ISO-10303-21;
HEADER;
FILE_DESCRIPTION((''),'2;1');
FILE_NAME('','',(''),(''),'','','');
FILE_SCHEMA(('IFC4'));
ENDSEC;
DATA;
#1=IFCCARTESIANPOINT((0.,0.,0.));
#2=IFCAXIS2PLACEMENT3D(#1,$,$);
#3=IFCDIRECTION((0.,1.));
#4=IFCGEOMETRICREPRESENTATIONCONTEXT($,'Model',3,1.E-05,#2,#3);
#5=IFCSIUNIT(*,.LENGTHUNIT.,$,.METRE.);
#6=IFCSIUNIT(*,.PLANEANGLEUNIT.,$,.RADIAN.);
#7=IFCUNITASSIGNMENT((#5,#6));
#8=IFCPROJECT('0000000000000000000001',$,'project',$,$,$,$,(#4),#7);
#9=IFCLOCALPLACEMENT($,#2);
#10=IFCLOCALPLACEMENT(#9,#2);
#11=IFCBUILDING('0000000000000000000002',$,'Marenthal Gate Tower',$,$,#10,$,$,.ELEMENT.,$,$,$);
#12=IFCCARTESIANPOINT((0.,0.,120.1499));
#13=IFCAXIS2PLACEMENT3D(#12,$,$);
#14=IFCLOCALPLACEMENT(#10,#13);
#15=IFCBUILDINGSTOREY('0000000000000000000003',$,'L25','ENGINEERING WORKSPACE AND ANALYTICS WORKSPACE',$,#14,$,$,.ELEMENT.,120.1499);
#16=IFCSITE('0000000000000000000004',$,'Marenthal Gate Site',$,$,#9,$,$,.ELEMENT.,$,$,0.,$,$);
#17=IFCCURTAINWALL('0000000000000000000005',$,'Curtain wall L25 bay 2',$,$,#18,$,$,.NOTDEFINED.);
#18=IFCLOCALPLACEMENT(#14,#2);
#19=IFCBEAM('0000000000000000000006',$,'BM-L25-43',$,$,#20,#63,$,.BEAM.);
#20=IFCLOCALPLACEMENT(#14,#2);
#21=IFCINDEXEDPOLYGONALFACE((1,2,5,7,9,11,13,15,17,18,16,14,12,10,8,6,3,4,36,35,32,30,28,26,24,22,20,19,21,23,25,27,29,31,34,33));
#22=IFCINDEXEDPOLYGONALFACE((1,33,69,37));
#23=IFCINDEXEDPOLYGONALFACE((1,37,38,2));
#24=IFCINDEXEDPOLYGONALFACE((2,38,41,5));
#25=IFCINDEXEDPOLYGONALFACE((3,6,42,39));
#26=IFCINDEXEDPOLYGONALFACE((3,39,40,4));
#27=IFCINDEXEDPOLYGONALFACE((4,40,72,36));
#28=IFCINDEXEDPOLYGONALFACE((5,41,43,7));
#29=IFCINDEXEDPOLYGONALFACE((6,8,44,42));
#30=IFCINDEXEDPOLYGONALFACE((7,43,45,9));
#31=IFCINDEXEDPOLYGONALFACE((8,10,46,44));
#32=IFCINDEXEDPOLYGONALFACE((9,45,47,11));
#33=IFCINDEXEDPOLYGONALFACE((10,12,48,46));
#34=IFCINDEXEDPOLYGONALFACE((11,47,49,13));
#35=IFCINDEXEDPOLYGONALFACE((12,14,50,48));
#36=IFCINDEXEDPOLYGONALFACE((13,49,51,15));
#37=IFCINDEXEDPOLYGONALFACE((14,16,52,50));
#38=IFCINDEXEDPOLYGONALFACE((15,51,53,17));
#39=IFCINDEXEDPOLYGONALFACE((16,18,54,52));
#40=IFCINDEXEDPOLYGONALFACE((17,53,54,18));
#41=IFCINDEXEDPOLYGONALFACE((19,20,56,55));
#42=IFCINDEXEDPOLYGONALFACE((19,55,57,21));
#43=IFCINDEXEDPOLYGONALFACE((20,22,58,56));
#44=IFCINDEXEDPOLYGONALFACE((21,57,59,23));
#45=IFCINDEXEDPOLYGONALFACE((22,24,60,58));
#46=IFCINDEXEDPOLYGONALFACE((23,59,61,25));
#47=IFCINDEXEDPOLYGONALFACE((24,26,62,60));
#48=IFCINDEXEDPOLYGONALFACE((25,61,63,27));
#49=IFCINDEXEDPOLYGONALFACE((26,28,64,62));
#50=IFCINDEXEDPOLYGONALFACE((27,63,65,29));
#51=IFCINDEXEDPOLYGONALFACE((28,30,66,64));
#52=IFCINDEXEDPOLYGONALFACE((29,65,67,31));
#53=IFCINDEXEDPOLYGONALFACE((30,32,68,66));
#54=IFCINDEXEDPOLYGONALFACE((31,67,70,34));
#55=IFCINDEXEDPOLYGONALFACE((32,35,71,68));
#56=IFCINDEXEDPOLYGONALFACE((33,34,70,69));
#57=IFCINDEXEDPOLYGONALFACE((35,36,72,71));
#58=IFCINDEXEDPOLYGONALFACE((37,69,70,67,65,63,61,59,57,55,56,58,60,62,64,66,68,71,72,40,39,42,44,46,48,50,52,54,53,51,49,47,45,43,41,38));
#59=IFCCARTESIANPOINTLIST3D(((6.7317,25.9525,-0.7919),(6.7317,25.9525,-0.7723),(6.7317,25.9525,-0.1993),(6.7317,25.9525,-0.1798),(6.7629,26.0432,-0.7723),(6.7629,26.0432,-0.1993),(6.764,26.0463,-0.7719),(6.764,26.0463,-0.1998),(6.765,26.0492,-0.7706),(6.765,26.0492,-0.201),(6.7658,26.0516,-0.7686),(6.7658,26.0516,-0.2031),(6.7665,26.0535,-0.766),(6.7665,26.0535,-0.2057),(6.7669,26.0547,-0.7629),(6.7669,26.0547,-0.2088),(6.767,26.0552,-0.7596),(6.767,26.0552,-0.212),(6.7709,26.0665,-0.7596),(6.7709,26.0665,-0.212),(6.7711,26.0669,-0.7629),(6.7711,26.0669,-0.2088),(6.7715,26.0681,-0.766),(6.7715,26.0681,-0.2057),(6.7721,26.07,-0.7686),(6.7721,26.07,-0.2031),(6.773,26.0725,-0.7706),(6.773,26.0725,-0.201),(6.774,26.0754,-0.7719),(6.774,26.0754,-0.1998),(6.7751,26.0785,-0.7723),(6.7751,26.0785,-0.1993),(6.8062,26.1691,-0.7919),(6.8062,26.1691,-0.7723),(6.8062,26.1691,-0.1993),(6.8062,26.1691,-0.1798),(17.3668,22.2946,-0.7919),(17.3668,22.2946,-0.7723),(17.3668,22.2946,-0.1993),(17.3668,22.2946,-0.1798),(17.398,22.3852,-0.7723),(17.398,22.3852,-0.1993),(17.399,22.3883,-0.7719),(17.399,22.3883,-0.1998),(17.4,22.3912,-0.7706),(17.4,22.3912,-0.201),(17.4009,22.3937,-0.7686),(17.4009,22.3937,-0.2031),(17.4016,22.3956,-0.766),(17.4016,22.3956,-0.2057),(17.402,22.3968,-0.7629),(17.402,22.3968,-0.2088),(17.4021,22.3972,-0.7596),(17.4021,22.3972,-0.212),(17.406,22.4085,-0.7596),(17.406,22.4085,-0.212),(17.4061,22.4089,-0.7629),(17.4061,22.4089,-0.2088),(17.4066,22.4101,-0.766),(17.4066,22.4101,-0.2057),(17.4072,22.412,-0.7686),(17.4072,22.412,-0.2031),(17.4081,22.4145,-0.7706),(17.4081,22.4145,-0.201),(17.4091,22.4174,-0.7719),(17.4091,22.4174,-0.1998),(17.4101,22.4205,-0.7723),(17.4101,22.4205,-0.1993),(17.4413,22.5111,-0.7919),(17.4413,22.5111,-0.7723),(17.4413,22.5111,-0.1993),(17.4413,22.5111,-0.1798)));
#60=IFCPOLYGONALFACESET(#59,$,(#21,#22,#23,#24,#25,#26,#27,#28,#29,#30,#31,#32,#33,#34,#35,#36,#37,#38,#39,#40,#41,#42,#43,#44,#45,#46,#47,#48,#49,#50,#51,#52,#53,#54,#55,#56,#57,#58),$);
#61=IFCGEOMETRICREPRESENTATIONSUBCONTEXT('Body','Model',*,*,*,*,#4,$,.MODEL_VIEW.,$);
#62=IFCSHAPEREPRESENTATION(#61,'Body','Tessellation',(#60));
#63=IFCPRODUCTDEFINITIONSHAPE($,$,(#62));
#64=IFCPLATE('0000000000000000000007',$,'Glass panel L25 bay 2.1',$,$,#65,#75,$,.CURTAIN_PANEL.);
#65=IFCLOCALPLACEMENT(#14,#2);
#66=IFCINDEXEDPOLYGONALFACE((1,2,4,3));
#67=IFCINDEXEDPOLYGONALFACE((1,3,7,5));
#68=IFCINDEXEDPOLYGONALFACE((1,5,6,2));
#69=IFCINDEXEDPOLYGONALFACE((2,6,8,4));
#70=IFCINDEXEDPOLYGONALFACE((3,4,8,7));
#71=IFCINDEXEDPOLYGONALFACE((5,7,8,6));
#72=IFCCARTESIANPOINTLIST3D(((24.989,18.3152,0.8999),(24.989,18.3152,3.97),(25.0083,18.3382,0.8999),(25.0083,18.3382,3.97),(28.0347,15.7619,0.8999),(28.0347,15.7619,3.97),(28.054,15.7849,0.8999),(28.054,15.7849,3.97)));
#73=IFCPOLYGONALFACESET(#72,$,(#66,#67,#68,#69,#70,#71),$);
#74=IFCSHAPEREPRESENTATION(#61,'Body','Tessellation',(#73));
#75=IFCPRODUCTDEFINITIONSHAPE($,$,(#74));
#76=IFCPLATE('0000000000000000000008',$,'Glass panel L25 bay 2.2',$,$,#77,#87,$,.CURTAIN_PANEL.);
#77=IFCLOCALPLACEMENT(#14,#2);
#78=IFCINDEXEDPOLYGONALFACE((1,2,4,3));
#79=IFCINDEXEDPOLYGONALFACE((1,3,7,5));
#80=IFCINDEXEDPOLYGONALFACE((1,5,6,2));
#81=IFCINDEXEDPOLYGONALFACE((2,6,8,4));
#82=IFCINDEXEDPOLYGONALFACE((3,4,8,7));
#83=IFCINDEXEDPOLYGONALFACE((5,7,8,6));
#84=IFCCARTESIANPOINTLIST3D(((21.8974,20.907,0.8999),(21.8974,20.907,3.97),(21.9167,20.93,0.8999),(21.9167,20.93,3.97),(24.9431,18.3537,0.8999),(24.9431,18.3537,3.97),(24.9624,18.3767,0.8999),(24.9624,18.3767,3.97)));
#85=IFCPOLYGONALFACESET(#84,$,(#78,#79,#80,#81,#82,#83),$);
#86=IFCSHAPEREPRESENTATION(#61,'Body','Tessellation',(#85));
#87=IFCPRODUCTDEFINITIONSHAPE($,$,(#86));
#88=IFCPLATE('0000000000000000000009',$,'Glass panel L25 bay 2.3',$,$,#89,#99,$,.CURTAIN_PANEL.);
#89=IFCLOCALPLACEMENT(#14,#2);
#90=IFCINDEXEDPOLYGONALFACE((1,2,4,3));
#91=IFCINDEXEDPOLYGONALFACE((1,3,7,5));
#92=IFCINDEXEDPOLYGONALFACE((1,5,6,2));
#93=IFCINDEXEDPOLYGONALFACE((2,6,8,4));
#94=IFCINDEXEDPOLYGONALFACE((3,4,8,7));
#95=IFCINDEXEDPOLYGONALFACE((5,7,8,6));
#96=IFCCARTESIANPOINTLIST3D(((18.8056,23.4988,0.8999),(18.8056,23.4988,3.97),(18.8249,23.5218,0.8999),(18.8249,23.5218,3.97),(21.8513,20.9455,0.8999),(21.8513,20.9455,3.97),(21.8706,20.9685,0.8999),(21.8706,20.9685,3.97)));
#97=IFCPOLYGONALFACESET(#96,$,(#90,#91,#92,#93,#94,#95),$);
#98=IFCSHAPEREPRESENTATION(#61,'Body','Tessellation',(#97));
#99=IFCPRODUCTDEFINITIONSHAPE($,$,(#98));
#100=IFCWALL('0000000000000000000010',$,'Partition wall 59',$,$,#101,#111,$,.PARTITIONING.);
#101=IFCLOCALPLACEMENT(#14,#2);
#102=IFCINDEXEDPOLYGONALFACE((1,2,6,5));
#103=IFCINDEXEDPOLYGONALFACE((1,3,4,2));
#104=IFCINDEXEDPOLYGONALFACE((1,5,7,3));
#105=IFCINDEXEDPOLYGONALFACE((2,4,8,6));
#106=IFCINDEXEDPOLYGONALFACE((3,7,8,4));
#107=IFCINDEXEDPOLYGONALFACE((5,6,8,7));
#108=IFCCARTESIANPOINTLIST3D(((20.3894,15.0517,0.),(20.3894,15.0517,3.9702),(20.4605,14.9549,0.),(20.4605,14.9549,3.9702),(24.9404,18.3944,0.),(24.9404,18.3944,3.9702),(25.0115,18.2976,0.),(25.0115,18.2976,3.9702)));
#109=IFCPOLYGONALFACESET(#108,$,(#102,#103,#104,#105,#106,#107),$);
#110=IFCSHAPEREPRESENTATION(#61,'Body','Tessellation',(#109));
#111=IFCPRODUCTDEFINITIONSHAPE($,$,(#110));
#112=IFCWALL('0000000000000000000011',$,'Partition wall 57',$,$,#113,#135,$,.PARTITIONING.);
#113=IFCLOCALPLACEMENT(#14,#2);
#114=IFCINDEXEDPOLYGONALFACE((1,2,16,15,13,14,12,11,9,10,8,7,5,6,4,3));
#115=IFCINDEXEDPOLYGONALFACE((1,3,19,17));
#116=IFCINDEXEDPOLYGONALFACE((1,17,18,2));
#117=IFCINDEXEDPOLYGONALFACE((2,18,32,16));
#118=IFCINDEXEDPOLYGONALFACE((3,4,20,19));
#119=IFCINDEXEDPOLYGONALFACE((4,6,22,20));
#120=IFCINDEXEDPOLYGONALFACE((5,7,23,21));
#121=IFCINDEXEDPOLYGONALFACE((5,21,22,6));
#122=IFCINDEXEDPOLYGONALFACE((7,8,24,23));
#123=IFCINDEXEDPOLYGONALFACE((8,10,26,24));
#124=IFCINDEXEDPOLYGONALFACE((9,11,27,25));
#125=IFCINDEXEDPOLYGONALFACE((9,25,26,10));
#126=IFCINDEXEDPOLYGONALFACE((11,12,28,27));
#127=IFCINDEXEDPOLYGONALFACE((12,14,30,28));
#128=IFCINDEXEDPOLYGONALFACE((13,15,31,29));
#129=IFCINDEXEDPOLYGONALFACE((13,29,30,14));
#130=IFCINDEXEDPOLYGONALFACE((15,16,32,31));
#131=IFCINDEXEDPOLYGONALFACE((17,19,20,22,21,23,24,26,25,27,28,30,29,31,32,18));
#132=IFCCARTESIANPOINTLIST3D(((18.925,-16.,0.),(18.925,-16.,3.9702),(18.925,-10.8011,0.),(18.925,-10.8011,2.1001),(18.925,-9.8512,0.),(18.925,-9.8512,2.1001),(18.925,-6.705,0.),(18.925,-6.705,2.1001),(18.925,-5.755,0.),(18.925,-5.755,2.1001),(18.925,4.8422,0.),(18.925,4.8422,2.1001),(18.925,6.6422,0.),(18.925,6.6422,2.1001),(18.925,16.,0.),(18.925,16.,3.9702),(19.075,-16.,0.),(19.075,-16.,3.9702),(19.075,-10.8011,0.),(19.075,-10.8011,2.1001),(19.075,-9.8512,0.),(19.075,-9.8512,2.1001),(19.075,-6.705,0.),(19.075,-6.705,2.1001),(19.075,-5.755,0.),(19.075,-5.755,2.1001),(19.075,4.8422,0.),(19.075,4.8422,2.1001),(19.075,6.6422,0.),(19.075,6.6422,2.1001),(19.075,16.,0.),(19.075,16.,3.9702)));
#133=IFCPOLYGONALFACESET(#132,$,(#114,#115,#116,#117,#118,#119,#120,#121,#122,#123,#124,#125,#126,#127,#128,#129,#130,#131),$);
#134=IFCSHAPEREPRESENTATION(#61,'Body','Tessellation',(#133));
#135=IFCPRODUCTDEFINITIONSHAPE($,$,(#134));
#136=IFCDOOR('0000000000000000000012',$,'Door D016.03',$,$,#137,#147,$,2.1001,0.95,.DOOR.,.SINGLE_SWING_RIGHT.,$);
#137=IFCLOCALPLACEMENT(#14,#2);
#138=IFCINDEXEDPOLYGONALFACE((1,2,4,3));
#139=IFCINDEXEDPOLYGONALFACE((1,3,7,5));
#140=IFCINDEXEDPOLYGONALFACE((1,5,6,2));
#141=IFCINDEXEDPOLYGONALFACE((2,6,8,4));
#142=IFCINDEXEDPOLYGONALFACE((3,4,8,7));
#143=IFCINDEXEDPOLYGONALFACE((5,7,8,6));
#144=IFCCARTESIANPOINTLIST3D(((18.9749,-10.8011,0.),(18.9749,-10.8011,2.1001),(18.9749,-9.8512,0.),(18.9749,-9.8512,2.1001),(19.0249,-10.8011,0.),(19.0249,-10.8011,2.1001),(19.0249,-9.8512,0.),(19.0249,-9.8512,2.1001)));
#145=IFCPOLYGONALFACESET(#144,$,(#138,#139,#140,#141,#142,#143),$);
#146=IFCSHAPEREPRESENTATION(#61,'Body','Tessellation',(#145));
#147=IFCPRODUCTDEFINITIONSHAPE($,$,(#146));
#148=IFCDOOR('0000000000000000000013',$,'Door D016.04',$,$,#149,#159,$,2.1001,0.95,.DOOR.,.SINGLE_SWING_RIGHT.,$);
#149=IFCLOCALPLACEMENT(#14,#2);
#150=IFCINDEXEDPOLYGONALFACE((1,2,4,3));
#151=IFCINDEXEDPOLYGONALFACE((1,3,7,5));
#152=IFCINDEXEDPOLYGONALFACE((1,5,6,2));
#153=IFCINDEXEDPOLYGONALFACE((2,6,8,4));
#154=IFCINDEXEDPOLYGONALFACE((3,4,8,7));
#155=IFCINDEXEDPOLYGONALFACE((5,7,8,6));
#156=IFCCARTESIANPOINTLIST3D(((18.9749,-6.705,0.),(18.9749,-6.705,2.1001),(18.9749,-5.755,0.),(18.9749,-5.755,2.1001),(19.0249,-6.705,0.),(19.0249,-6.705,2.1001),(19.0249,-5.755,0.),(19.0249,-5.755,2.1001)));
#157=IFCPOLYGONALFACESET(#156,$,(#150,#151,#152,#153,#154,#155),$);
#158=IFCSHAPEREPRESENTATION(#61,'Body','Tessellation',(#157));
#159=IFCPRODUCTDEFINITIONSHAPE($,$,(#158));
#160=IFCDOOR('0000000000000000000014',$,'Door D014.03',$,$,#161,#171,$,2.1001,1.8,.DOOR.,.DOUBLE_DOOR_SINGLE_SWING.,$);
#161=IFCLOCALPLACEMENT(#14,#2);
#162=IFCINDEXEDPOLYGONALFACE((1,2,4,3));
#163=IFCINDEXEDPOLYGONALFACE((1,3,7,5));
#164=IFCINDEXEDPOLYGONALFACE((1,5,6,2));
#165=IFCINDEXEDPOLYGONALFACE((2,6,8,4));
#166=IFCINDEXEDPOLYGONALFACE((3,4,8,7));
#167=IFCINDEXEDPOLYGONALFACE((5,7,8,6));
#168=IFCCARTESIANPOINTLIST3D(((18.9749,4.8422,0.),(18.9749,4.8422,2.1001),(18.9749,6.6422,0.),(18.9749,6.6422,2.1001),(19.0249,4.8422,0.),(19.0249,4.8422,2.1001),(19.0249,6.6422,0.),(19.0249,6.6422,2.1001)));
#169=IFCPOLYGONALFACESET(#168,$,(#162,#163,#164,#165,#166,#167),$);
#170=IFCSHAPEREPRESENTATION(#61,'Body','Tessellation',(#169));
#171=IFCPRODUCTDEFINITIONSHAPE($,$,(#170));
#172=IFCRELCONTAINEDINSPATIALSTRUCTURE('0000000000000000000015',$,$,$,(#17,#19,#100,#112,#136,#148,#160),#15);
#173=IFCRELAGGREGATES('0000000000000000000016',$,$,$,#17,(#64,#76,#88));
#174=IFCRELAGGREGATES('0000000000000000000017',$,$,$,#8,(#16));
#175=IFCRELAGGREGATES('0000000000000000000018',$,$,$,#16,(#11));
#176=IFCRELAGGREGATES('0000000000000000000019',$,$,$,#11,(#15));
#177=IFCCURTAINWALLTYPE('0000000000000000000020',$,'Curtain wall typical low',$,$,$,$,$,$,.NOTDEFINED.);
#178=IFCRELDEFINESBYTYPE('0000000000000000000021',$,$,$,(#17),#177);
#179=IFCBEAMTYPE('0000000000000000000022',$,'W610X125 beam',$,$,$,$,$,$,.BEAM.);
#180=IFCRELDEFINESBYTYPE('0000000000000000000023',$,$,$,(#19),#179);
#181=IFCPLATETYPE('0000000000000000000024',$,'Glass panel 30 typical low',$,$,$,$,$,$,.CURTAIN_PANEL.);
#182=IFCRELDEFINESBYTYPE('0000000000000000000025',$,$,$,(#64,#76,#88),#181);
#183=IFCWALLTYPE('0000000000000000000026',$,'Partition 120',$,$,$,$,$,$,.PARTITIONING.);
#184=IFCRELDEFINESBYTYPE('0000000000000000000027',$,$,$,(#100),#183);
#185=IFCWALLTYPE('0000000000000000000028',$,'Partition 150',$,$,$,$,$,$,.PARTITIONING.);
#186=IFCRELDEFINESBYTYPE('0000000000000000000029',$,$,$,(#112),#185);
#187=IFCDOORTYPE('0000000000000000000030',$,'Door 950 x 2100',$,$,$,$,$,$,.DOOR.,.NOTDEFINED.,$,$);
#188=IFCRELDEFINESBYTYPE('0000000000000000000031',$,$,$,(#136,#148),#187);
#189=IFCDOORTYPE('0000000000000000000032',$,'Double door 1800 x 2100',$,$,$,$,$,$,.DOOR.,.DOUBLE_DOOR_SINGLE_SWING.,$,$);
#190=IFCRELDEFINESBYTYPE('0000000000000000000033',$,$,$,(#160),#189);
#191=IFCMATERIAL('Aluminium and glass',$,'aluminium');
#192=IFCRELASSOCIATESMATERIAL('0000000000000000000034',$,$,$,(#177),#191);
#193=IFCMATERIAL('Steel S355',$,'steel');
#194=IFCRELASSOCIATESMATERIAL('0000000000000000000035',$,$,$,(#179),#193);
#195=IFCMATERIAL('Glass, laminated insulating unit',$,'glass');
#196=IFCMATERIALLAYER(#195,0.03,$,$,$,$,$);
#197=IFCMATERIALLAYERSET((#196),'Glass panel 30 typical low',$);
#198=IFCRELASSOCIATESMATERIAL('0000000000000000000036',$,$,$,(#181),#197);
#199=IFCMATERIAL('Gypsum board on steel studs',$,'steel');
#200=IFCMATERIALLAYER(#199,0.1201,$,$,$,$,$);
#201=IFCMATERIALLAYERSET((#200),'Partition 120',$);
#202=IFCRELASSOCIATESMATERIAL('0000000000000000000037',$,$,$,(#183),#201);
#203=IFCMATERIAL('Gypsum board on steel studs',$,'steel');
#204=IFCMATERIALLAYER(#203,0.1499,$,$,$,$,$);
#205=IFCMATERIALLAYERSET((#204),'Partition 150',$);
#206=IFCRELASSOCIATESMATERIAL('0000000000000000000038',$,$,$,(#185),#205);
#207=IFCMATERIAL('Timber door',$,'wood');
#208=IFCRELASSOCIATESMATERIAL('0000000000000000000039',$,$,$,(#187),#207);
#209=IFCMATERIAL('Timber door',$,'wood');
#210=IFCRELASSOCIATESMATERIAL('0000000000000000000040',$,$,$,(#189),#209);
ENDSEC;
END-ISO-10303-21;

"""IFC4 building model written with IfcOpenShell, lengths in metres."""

from ifc_helpers import new_model, si_unit, direction, frame, frame_2d, origin, origin_2d, place, context, subcontext, project, spatial, rectangle, i_section, extrude, material, layer, layer_set, material_profile, profile_set, type_object, element, fill, aggregate, save


model = new_model("IFC4")

# Units and contexts
model_context = context("Model", 3, precision=1e-05, world=origin(), true_north=direction((0.0, 1.0)))
body_context = subcontext(model_context, "Body", "Model", "MODEL_VIEW")
ifc_project = project(units=[si_unit("LENGTHUNIT", "METRE"), si_unit("PLANEANGLEUNIT", "RADIAN")], contexts=[model_context])

# Site, building, storey
site_placement = place(None, origin())
site = spatial("IfcSite", under=ifc_project, at=site_placement, Name="Marenthal Gate Site", CompositionType="ELEMENT", RefElevation=0.0)
building_placement = place(site_placement, origin())
building = spatial("IfcBuilding", under=site, at=building_placement, Name="Marenthal Gate Tower", CompositionType="ELEMENT")
storey_placement = place(building_placement, frame((0.0, 0.0, 120.1499)))
storey = spatial("IfcBuildingStorey", under=building, at=storey_placement, Name="L25", Description="ENGINEERING WORKSPACE AND ANALYTICS WORKSPACE", CompositionType="ELEMENT", Elevation=120.1499)

# Curtain wall
ifc_material_1 = material(Name="Aluminium and glass", Category="aluminium")
curtain_wall_type = type_object("IfcCurtainWallType", Name="Curtain wall typical low", PredefinedType="NOTDEFINED", material=ifc_material_1)
curtain_wall_placement = place(storey_placement, origin())
curtain_wall = element("IfcCurtainWall", 1, at=curtain_wall_placement, inside=storey, type_object=curtain_wall_type, Name="Curtain wall L25 bay 2", PredefinedType="NOTDEFINED")

# Beam
ifc_material_2 = material(Name="Steel S355", Category="steel")
ifc_material_profile_1 = material_profile(ifc_material_2, i_section(OverallWidth=0.229, OverallDepth=0.6121, WebThickness=0.012, FlangeThickness=0.0195, FilletRadius=0.0127, at=origin_2d()), Name="W610X125")
ifc_profile_set_1 = profile_set([ifc_material_profile_1], Name="Steel S355")
beam_type_1 = type_object("IfcBeamType", Name="W610X125 beam", PredefinedType="BEAM", material=ifc_profile_set_1)
beam_1_placement = place(storey_placement, frame((17.4041, 22.4028, -0.4858), z_axis=(-0.945627, 0.325253, 0.0), x_axis=(-0.325253, -0.945627, 0.0)))
element("IfcBeam", 2, at=beam_1_placement, inside=storey, type_object=beam_type_1, Name="BM-L25-43", PredefinedType="BEAM", context=body_context, shape_type="SweptSolid", body=[
    extrude(i_section(OverallWidth=0.229, OverallDepth=0.6121, WebThickness=0.012, FlangeThickness=0.0195, FilletRadius=0.0127, at=origin_2d()), origin(), (0.0, 0.0, 1.0), 11.2466),
])

# Plates
ifc_material_3 = material(Name="Glass, laminated insulating unit", Category="glass")
ifc_layer_1 = layer(ifc_material_3, 0.03)
ifc_layer_set_1 = layer_set([ifc_layer_1], Name="Glass panel 30 typical low")
plate_type = type_object("IfcPlateType", Name="Glass panel 30 typical low", PredefinedType="CURTAIN_PANEL", material=ifc_layer_set_1)
plate_1_placement = place(storey_placement, frame((26.5215, 17.05, 0.8999), z_axis=(0.0, 0.0, 1.0), x_axis=(-0.766338, 0.642438, 0.0)))
plate_1 = element("IfcPlate", 3, at=plate_1_placement, type_object=plate_type, Name="Glass panel L25 bay 2.1", PredefinedType="CURTAIN_PANEL", context=body_context, shape_type="SweptSolid", body=[
    extrude(rectangle(XDim=3.9744, YDim=0.03, at=origin_2d()), origin(), (0.0, 0.0, 1.0), 3.0701),
])
plate_2_placement = place(storey_placement, frame((23.4299, 19.6418, 0.8999), z_axis=(0.0, 0.0, 1.0), x_axis=(-0.766338, 0.642438, 0.0)))
plate_2 = element("IfcPlate", 4, at=plate_2_placement, type_object=plate_type, Name="Glass panel L25 bay 2.2", PredefinedType="CURTAIN_PANEL", context=body_context, shape_type="SweptSolid", body=[
    extrude(rectangle(XDim=3.9744, YDim=0.03, at=origin_2d()), origin(), (0.0, 0.0, 1.0), 3.0701),
])
plate_3_placement = place(storey_placement, frame((20.3381, 22.2336, 0.8999), z_axis=(0.0, 0.0, 1.0), x_axis=(-0.766338, 0.642438, 0.0)))
plate_3 = element("IfcPlate", 5, at=plate_3_placement, type_object=plate_type, Name="Glass panel L25 bay 2.3", PredefinedType="CURTAIN_PANEL", context=body_context, shape_type="SweptSolid", body=[
    extrude(rectangle(XDim=3.9744, YDim=0.03, at=origin_2d()), origin(), (0.0, 0.0, 1.0), 3.0701),
])
aggregate(curtain_wall, [plate_1, plate_2, plate_3])

# Wall
ifc_material_4 = material(Name="Gypsum board on steel studs", Category="steel")
ifc_layer_2 = layer(ifc_material_4, 0.1201)
ifc_layer_set_2 = layer_set([ifc_layer_2], Name="Partition 120")
wall_type_1 = type_object("IfcWallType", Name="Partition 120", PredefinedType="PARTITIONING", material=ifc_layer_set_2)
wall_1_placement = place(storey_placement, frame((24.9758, 18.3459, 0.0), z_axis=(0.0, 0.0, 1.0), x_axis=(-0.805953, -0.59198, 0.0)))
element("IfcWall", 6, at=wall_1_placement, inside=storey, type_object=wall_type_1, Name="Partition wall 59", PredefinedType="PARTITIONING", context=body_context, shape_type="SweptSolid", body=[
    extrude(rectangle(XDim=5.6467, YDim=0.1201, at=frame_2d((2.8232, 0.0))), origin(), (0.0, 0.0, 1.0), 3.9702),
])

# Wall, openings, doors
ifc_material_5 = material(Name="Gypsum board on steel studs", Category="steel")
ifc_layer_3 = layer(ifc_material_5, 0.1499)
ifc_layer_set_3 = layer_set([ifc_layer_3], Name="Partition 150")
wall_type_2 = type_object("IfcWallType", Name="Partition 150", PredefinedType="PARTITIONING", material=ifc_layer_set_3)
wall_2_placement = place(storey_placement, frame((19.0, 16.0, 0.0), z_axis=(0.0, 0.0, 1.0), x_axis=(0.0, -1.0, 0.0)))
wall_2 = element("IfcWall", 7, at=wall_2_placement, inside=storey, type_object=wall_type_2, Name="Partition wall 57", PredefinedType="PARTITIONING", context=body_context, shape_type="SweptSolid", body=[
    extrude(rectangle(XDim=32.0, YDim=0.1499, at=frame_2d((16.0, 0.0))), origin(), (0.0, 0.0, 1.0), 3.9702),
])
opening_1_placement = place(wall_2_placement, frame((25.8511, 0.0, 0.0)))
opening_1 = element("IfcOpeningElement", 8, at=opening_1_placement, cuts=wall_2, PredefinedType="OPENING", context=body_context, shape_type="SweptSolid", body=[
    extrude(rectangle(XDim=0.95, YDim=2.1001, at=frame_2d((0.4751, 1.05))), frame((0.0, 0.085, 0.0), z_axis=(0.0, -1.0, 0.0), x_axis=(1.0, 0.0, 0.0)), (0.0, 0.0, 1.0), 0.1699),
])
opening_2_placement = place(wall_2_placement, frame((21.7549, 0.0, 0.0)))
opening_2 = element("IfcOpeningElement", 9, at=opening_2_placement, cuts=wall_2, PredefinedType="OPENING", context=body_context, shape_type="SweptSolid", body=[
    extrude(rectangle(XDim=0.95, YDim=2.1001, at=frame_2d((0.4751, 1.05))), frame((0.0, 0.085, 0.0), z_axis=(0.0, -1.0, 0.0), x_axis=(1.0, 0.0, 0.0)), (0.0, 0.0, 1.0), 0.1699),
])
opening_3_placement = place(wall_2_placement, frame((9.3579, 0.0, 0.0)))
opening_3 = element("IfcOpeningElement", 10, at=opening_3_placement, cuts=wall_2, PredefinedType="OPENING", context=body_context, shape_type="SweptSolid", body=[
    extrude(rectangle(XDim=1.8, YDim=2.1001, at=frame_2d((0.8999, 1.05))), frame((0.0, 0.085, 0.0), z_axis=(0.0, -1.0, 0.0), x_axis=(1.0, 0.0, 0.0)), (0.0, 0.0, 1.0), 0.1699),
])
ifc_material_6 = material(Name="Timber door", Category="wood")
door_type_1 = type_object("IfcDoorType", Name="Door 950 x 2100", OperationType="NOTDEFINED", PredefinedType="DOOR", material=ifc_material_6)
door_1_placement = place(opening_1_placement, origin())
door_1 = element("IfcDoor", 11, at=door_1_placement, inside=storey, type_object=door_type_1, Name="Door D016.03", OperationType="SINGLE_SWING_RIGHT", OverallHeight=2.1001, OverallWidth=0.95, PredefinedType="DOOR", context=body_context, shape_type="SweptSolid", body=[
    extrude(rectangle(XDim=0.95, YDim=2.1001, at=frame_2d((0.4751, 1.05))), frame((0.0, 0.0249, 0.0), z_axis=(0.0, -1.0, 0.0), x_axis=(1.0, 0.0, 0.0)), (0.0, 0.0, 1.0), 0.05),
])
fill(opening_1, door_1)
door_2_placement = place(opening_2_placement, origin())
door_2 = element("IfcDoor", 12, at=door_2_placement, inside=storey, type_object=door_type_1, Name="Door D016.04", OperationType="SINGLE_SWING_RIGHT", OverallHeight=2.1001, OverallWidth=0.95, PredefinedType="DOOR", context=body_context, shape_type="SweptSolid", body=[
    extrude(rectangle(XDim=0.95, YDim=2.1001, at=frame_2d((0.4751, 1.05))), frame((0.0, 0.0249, 0.0), z_axis=(0.0, -1.0, 0.0), x_axis=(1.0, 0.0, 0.0)), (0.0, 0.0, 1.0), 0.05),
])
fill(opening_2, door_2)
ifc_material_7 = material(Name="Timber door", Category="wood")
door_type_2 = type_object("IfcDoorType", Name="Double door 1800 x 2100", OperationType="DOUBLE_DOOR_SINGLE_SWING", PredefinedType="DOOR", material=ifc_material_7)
door_3_placement = place(opening_3_placement, origin())
door_3 = element("IfcDoor", 13, at=door_3_placement, inside=storey, type_object=door_type_2, Name="Door D014.03", OperationType="DOUBLE_DOOR_SINGLE_SWING", OverallHeight=2.1001, OverallWidth=1.8, PredefinedType="DOOR", context=body_context, shape_type="SweptSolid", body=[
    extrude(rectangle(XDim=1.8, YDim=2.1001, at=frame_2d((0.8999, 1.05))), frame((0.0, 0.0249, 0.0), z_axis=(0.0, -1.0, 0.0), x_axis=(1.0, 0.0, 0.0)), (0.0, 0.0, 1.0), 0.05),
])
fill(opening_3, door_3)

save(model, "model.ifc")
